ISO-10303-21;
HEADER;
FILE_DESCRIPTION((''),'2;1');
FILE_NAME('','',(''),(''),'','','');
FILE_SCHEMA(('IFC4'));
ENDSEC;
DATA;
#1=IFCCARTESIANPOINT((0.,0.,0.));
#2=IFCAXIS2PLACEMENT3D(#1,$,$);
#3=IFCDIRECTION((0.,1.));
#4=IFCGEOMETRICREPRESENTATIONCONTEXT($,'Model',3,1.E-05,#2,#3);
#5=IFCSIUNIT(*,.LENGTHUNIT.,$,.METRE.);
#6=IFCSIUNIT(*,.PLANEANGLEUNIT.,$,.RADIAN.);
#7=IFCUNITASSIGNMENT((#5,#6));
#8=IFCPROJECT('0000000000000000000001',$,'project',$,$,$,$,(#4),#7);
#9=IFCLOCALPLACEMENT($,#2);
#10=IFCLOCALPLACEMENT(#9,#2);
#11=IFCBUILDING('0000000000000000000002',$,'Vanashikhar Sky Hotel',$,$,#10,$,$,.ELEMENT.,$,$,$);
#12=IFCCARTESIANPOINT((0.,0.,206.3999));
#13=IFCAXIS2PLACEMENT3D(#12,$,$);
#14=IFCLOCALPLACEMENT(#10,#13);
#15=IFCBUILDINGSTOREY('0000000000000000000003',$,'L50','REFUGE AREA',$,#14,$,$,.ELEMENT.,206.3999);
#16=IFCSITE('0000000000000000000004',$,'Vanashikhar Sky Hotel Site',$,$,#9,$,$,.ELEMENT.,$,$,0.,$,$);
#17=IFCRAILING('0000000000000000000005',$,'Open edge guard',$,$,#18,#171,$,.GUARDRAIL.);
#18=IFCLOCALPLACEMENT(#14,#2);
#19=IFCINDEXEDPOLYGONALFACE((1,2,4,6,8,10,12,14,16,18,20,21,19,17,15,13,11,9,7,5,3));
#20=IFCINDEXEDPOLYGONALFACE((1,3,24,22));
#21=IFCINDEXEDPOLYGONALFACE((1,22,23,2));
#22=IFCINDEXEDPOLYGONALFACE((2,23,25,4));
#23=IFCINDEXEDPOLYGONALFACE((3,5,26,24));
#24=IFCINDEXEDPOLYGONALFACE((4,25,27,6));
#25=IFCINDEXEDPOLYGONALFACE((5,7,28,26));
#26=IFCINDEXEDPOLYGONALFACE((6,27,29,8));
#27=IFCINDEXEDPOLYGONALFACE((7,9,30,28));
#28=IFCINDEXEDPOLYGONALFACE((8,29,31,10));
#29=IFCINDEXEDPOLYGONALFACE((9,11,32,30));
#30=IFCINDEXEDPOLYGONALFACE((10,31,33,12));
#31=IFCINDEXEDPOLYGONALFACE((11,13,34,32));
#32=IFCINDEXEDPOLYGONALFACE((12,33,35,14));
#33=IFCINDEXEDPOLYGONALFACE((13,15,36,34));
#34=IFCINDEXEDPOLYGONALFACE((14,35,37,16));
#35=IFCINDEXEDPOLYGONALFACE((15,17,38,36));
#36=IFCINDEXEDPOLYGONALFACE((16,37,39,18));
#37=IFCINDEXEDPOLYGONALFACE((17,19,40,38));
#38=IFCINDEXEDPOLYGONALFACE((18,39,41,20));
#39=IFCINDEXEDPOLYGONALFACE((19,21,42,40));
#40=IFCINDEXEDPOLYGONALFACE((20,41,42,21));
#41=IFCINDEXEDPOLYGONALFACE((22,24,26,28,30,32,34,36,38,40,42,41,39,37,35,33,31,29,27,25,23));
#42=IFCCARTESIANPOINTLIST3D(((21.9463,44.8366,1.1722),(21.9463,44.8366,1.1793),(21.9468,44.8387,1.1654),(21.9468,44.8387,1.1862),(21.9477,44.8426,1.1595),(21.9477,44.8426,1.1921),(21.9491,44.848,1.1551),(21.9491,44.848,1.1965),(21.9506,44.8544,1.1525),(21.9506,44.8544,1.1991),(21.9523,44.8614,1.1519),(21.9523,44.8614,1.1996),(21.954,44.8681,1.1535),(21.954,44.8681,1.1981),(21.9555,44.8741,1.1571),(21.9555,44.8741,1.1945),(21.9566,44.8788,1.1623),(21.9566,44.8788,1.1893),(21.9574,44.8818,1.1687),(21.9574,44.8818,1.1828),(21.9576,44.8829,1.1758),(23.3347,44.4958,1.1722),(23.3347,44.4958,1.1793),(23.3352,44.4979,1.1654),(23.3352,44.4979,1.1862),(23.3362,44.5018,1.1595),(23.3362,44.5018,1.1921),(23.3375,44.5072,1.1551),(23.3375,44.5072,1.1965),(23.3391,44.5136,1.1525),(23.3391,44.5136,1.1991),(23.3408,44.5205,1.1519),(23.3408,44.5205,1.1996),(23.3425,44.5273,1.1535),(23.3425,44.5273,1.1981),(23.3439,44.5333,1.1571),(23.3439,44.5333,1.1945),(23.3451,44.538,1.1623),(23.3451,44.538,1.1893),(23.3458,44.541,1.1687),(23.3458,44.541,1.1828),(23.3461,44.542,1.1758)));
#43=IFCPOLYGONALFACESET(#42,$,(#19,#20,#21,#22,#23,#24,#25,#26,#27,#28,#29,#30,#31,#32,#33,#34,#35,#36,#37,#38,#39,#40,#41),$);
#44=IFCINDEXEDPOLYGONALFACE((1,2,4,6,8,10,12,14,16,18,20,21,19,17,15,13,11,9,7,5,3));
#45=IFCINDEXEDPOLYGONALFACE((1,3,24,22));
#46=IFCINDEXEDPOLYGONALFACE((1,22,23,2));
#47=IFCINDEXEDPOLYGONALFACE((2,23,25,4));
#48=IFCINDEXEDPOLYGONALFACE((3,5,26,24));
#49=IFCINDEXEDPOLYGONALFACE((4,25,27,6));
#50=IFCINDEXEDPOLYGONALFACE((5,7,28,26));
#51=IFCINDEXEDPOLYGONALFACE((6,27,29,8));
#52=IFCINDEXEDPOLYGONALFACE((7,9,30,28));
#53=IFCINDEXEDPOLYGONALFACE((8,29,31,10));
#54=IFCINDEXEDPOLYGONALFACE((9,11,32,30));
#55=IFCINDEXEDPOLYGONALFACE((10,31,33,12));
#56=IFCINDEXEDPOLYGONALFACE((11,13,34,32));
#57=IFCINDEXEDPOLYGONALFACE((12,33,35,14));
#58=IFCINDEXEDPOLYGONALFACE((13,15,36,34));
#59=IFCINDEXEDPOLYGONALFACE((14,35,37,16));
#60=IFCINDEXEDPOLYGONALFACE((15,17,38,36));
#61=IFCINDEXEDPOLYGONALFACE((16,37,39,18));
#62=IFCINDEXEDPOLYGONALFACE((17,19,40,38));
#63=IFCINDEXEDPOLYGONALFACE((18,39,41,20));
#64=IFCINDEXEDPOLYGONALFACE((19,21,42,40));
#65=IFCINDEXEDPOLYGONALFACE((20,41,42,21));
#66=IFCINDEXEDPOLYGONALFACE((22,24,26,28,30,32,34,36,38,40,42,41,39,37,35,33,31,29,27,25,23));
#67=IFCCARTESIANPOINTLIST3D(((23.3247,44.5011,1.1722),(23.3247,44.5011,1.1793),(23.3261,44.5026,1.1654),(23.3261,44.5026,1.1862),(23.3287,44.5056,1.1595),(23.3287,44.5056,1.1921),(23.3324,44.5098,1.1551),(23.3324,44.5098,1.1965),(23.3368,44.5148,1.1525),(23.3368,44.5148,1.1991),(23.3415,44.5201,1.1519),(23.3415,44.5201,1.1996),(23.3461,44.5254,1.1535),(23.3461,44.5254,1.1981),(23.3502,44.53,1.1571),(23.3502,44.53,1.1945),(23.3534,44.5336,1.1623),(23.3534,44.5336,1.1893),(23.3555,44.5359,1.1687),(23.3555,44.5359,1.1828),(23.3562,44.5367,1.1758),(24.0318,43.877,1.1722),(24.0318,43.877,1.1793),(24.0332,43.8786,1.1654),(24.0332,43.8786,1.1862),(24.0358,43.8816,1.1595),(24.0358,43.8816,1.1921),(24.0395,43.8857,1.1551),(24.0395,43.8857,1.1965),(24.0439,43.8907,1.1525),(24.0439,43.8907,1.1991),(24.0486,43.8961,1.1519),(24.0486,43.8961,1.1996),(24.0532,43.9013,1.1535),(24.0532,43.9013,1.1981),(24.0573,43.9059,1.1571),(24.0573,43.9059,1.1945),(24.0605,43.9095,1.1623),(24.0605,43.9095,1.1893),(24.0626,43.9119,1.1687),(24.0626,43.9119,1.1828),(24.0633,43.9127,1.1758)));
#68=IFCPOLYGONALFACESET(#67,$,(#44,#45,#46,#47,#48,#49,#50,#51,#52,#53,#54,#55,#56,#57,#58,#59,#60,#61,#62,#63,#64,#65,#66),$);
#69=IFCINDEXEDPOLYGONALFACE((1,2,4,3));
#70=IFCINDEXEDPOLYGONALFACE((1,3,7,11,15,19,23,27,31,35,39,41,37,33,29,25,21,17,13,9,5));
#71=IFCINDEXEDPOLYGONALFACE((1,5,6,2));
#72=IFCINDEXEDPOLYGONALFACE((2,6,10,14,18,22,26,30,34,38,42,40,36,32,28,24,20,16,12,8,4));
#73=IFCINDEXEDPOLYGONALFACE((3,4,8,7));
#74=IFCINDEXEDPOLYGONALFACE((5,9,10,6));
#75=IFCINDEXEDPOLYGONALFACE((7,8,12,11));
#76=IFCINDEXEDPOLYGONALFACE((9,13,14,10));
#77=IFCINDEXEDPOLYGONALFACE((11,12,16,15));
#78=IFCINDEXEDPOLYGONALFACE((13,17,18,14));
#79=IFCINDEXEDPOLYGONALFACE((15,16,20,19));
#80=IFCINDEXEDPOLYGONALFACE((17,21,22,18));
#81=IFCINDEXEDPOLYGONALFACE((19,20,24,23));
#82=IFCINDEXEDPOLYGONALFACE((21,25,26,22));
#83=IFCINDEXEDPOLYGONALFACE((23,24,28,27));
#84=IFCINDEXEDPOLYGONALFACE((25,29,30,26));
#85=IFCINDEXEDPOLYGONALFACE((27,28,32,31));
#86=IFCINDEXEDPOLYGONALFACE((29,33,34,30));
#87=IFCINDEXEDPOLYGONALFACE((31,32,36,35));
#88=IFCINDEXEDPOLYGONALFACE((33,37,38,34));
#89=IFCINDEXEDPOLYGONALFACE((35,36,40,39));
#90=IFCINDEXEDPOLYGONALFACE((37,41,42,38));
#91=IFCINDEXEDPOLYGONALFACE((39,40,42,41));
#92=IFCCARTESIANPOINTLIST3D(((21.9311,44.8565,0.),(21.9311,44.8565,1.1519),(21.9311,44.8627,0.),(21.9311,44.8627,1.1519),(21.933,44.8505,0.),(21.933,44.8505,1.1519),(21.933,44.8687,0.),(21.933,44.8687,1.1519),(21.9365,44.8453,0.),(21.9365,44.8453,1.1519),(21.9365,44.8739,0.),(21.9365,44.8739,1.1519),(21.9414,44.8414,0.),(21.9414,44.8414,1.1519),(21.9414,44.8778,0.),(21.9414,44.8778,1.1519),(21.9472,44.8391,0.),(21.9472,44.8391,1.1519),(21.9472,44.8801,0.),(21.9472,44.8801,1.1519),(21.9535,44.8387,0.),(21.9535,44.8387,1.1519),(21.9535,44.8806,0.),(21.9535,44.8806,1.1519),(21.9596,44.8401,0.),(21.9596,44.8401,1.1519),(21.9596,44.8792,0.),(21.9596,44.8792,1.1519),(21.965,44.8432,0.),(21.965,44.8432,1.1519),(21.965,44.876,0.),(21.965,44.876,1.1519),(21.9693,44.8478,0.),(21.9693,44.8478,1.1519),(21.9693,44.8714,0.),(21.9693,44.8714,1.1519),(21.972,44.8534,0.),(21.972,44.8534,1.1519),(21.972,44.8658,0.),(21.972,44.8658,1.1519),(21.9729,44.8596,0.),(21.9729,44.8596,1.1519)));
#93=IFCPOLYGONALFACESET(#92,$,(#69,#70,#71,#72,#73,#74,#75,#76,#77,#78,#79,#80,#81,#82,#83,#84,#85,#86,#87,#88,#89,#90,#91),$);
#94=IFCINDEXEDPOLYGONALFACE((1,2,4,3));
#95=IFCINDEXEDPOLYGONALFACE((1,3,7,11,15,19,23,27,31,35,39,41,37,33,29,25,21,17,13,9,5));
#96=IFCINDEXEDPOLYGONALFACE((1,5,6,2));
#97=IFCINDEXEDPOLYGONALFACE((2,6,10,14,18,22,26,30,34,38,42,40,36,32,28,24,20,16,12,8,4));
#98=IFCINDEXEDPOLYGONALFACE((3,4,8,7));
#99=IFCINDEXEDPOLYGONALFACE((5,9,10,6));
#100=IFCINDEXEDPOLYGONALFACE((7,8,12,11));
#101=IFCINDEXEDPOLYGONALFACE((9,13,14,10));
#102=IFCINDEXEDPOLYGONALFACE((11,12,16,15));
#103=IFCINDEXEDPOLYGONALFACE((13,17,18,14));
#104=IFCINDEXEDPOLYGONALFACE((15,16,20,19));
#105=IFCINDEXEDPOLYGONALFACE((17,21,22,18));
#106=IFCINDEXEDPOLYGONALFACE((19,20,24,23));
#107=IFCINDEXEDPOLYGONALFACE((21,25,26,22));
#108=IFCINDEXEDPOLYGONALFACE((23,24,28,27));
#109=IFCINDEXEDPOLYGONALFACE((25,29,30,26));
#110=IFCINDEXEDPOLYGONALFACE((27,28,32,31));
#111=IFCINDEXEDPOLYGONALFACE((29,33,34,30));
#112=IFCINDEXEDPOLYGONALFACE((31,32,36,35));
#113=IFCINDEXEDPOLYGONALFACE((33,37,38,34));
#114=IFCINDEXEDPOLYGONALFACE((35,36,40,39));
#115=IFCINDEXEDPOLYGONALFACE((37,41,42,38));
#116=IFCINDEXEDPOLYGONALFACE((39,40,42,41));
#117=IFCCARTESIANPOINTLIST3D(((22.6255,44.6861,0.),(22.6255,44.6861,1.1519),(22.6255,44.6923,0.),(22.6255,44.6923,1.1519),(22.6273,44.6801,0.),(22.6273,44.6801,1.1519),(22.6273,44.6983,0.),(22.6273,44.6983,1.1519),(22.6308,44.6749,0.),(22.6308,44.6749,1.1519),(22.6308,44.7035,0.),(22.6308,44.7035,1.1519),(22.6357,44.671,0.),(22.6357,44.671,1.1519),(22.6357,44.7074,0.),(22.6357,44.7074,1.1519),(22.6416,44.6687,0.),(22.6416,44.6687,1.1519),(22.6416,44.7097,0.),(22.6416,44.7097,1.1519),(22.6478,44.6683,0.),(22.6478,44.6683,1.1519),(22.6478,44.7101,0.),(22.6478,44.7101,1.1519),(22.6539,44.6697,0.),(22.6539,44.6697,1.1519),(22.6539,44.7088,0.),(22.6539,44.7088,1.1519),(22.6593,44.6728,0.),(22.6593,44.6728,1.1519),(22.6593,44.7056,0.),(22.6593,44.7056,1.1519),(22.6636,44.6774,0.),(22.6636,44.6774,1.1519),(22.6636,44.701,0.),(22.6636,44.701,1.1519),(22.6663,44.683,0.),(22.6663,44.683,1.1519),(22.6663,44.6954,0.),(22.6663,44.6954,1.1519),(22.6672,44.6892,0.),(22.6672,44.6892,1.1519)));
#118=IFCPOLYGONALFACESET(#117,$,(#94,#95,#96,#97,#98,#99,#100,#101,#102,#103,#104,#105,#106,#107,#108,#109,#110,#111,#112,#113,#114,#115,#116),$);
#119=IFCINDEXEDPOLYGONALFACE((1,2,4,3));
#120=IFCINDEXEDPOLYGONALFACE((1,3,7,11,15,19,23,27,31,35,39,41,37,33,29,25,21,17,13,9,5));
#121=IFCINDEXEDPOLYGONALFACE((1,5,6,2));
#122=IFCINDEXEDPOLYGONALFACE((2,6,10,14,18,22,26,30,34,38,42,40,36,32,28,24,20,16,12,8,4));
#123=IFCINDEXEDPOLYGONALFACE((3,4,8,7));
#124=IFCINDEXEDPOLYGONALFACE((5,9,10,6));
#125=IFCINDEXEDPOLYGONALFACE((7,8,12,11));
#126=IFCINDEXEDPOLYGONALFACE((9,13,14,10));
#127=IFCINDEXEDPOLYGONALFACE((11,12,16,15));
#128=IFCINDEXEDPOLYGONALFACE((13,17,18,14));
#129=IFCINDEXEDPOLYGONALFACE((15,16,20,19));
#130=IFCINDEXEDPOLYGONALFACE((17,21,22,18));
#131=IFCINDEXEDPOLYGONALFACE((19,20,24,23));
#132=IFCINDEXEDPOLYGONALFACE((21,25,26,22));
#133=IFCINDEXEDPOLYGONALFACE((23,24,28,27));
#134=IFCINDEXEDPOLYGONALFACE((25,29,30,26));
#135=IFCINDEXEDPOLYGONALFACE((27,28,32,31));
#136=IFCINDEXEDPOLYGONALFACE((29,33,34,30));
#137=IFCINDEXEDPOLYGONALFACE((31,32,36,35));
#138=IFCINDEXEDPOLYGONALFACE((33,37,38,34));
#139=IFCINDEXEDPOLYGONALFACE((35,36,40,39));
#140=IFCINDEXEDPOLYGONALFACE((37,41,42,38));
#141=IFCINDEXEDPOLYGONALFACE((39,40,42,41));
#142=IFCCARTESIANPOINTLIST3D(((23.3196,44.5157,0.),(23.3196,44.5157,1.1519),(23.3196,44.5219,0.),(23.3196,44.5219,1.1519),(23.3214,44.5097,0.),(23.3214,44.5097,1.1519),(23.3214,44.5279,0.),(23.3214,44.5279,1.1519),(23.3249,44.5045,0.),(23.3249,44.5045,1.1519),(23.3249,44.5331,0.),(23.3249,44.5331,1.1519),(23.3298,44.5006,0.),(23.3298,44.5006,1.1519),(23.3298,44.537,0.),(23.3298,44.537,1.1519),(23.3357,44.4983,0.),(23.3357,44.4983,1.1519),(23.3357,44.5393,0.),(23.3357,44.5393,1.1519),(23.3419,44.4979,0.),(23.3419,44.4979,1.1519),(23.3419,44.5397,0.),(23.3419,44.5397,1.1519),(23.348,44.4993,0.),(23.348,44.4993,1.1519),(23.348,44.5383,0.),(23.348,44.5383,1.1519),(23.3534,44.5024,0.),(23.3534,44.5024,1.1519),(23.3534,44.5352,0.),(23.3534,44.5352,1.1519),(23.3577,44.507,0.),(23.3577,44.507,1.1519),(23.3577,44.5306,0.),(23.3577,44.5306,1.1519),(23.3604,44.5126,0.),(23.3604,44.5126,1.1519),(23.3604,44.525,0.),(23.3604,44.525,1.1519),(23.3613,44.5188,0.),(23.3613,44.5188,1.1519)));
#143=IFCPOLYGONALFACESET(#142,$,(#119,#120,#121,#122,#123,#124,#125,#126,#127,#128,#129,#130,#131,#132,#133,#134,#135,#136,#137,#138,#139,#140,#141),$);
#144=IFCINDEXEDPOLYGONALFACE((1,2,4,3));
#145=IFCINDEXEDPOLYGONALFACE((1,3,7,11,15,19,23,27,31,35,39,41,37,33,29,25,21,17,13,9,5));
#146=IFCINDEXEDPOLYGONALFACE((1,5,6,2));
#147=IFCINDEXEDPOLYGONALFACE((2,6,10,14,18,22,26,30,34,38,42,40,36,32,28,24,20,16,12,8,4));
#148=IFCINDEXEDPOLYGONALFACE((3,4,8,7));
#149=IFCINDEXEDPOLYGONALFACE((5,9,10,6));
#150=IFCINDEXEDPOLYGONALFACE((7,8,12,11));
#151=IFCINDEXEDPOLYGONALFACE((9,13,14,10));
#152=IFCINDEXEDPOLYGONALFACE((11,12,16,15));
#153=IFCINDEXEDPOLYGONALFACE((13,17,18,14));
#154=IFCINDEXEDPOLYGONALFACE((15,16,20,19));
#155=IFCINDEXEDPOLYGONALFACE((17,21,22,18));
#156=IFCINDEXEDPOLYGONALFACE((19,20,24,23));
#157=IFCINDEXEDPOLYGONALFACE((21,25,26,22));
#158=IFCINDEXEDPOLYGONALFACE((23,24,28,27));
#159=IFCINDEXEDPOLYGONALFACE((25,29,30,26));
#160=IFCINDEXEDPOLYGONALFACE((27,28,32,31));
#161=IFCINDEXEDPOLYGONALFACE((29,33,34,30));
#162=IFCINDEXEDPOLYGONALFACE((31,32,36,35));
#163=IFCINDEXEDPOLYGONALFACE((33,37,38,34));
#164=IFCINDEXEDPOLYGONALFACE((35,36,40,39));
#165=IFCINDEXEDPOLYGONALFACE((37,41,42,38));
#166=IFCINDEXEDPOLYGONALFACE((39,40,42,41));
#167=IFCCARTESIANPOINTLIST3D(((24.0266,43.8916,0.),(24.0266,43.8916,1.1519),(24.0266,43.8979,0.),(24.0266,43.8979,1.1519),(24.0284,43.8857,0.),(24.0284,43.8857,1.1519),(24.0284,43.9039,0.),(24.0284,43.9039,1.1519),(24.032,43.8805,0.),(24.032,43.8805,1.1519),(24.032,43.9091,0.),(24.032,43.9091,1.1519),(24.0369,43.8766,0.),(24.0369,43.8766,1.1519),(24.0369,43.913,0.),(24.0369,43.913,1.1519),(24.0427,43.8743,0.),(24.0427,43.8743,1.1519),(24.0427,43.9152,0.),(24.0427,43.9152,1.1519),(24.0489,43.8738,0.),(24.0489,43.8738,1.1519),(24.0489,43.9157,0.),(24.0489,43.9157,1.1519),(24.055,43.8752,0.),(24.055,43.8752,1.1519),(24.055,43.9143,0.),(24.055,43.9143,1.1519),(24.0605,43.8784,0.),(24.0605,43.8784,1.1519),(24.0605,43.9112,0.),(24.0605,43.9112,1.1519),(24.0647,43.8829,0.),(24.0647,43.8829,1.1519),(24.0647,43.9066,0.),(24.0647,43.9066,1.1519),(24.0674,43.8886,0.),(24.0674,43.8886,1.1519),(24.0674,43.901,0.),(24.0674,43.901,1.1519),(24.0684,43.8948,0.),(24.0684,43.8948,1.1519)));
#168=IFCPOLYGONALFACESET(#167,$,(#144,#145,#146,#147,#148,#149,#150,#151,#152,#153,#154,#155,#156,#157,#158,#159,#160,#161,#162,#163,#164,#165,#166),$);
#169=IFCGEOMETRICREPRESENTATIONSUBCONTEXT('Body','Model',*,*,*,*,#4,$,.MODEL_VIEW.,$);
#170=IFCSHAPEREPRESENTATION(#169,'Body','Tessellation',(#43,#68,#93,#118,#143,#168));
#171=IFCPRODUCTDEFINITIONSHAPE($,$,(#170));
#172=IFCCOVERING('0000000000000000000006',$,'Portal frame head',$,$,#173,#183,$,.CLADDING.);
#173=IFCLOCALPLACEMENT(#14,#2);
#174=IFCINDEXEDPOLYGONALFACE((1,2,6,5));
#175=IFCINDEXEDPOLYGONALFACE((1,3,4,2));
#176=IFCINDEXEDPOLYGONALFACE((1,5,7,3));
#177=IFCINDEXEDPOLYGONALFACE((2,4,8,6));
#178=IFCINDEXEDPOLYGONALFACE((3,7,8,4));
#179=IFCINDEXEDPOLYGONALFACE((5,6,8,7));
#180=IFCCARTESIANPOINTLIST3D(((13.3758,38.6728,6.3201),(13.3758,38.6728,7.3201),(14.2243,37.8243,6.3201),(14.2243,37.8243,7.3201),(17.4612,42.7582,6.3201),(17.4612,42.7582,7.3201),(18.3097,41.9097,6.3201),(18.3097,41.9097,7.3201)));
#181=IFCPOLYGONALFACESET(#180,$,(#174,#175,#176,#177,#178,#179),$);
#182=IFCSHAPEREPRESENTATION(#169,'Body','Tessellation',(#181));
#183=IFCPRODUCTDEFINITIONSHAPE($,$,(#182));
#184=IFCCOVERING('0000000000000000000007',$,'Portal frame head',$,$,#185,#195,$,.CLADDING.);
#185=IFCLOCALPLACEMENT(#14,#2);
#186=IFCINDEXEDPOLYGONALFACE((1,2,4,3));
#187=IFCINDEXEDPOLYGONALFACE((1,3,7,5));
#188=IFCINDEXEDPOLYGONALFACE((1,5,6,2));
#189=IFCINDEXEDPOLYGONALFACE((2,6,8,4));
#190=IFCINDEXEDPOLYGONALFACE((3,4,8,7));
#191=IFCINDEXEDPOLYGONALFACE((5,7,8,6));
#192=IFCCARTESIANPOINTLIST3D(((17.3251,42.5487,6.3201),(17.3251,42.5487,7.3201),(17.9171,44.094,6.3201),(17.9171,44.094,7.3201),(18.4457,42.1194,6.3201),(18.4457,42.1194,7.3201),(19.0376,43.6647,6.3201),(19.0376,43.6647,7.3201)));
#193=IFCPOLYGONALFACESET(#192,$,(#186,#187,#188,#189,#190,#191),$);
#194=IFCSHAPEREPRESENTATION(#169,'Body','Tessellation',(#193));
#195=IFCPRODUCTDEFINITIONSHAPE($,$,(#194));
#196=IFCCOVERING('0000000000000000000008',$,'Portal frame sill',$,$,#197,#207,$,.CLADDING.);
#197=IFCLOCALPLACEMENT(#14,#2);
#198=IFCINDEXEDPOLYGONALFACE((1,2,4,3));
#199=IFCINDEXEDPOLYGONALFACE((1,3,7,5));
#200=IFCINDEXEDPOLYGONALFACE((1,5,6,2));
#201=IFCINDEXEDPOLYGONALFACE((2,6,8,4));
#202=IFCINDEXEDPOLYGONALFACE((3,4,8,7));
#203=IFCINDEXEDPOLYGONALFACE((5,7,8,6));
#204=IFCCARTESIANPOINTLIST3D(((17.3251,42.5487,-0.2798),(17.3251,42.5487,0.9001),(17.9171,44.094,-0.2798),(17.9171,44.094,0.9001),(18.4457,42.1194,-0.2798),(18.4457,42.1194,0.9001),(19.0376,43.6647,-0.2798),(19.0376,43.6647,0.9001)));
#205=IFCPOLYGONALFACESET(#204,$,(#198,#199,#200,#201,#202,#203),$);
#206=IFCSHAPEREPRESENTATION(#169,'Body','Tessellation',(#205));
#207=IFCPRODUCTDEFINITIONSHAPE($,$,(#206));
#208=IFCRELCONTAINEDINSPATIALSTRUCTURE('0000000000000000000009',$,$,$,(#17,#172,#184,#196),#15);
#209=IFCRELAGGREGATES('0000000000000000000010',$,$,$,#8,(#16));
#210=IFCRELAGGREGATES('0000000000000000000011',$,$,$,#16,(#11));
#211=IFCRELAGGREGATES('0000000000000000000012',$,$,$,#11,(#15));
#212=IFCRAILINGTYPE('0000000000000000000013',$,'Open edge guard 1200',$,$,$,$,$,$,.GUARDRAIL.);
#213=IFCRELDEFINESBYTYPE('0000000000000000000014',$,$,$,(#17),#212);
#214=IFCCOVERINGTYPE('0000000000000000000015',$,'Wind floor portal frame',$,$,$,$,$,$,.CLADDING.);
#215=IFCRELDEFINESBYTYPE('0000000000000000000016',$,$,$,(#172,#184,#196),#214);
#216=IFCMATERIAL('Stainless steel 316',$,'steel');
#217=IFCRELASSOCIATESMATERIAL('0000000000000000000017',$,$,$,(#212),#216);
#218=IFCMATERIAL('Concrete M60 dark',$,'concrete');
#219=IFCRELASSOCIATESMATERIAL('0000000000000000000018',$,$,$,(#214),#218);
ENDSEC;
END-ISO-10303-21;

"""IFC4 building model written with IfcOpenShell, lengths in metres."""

from ifc_helpers import new_model, si_unit, direction, frame, origin, origin_2d, place, context, subcontext, project, spatial, rectangle, circle, extrude, source, transform, mapped, material, type_object, element, save


model = new_model("IFC4")

# Units and contexts
model_context = context("Model", 3, precision=1e-05, world=origin(), true_north=direction((0.0, 1.0)))
body_context = subcontext(model_context, "Body", "Model", "MODEL_VIEW")
ifc_project = project(units=[si_unit("LENGTHUNIT", "METRE"), si_unit("PLANEANGLEUNIT", "RADIAN")], contexts=[model_context])

# Site, building, storey
site_placement = place(None, origin())
site = spatial("IfcSite", under=ifc_project, at=site_placement, Name="Vanashikhar Sky Hotel Site", CompositionType="ELEMENT", RefElevation=0.0)
building_placement = place(site_placement, origin())
building = spatial("IfcBuilding", under=site, at=building_placement, Name="Vanashikhar Sky Hotel", CompositionType="ELEMENT")
storey_placement = place(building_placement, frame((0.0, 0.0, 206.3999)))
storey = spatial("IfcBuildingStorey", under=building, at=storey_placement, Name="L50", Description="REFUGE AREA", CompositionType="ELEMENT", Elevation=206.3999)

# Railing
ifc_material_1 = material(Name="Stainless steel 316", Category="steel")
railing_type = type_object("IfcRailingType", Name="Open edge guard 1200", PredefinedType="GUARDRAIL", material=ifc_material_1)
shared_shape_1 = source(origin(), body_context, "Body", "SweptSolid", [
    extrude(circle(Radius=0.0239, at=origin_2d()), frame((0.0, 0.0, 1.1758), z_axis=(0.971168, -0.238395, 0.0), x_axis=(0.238395, 0.971168, 0.0)), (0.0, 0.0, 1.0), 1.4297),
    extrude(circle(Radius=0.0239, at=origin_2d()), frame((1.3884, -0.3408, 1.1758), z_axis=(0.749747, -0.661724, 0.0), x_axis=(0.661724, 0.749747, 0.0)), (0.0, 0.0, 1.0), 0.9431),
    extrude(circle(Radius=0.021, at=origin_2d()), origin(), (0.0, 0.0, 1.0), 1.1519),
    extrude(circle(Radius=0.021, at=origin_2d()), frame((0.6943, -0.1704, 0.0)), (0.0, 0.0, 1.0), 1.1519),
    extrude(circle(Radius=0.021, at=origin_2d()), frame((1.3884, -0.3408, 0.0)), (0.0, 0.0, 1.0), 1.1519),
    extrude(circle(Radius=0.021, at=origin_2d()), frame((2.0955, -0.9648, 0.0)), (0.0, 0.0, 1.0), 1.1519),
])
railing_1_placement = place(storey_placement, frame((21.9519, 44.8596, 0.0)))
element("IfcRailing", 1, at=railing_1_placement, inside=storey, type_object=railing_type, Name="Open edge guard", PredefinedType="GUARDRAIL", context=body_context, shape_type="MappedRepresentation", body=[
    mapped(shared_shape_1, transform((0.0, 0.0, 0.0), scale=1.0)),
])

# Coverings
ifc_material_2 = material(Name="Concrete M60 dark", Category="concrete")
covering_type = type_object("IfcCoveringType", Name="Wind floor portal frame", PredefinedType="CLADDING", material=ifc_material_2)
shared_shape_2 = source(origin(), body_context, "Body", "SweptSolid", [
    extrude(rectangle(XDim=5.7776, YDim=1.2, at=origin_2d()), origin(), (0.0, 0.0, 1.0), 1.0),
])
covering_1_placement = place(storey_placement, frame((15.8428, 40.2913, 6.3201), z_axis=(0.0, 0.0, 1.0), x_axis=(-0.707107, -0.707107, 0.0)))
element("IfcCovering", 2, at=covering_1_placement, inside=storey, type_object=covering_type, Name="Portal frame head", PredefinedType="CLADDING", context=body_context, shape_type="MappedRepresentation", body=[
    mapped(shared_shape_2, transform((0.0, 0.0, 0.0), scale=1.0)),
])
shared_shape_3 = source(origin(), body_context, "Body", "SweptSolid", [
    extrude(rectangle(XDim=1.6548, YDim=1.2, at=origin_2d()), origin(), (0.0, 0.0, 1.0), 1.0),
])
covering_2_placement = place(storey_placement, frame((18.1814, 43.1067, 6.3201), z_axis=(0.0, 0.0, 1.0), x_axis=(-0.357716, -0.93383, 0.0)))
element("IfcCovering", 3, at=covering_2_placement, inside=storey, type_object=covering_type, Name="Portal frame head", PredefinedType="CLADDING", context=body_context, shape_type="MappedRepresentation", body=[
    mapped(shared_shape_3, transform((0.0, 0.0, 0.0), scale=1.0)),
])
shared_shape_4 = source(origin(), body_context, "Body", "SweptSolid", [
    extrude(rectangle(XDim=1.6548, YDim=1.2, at=origin_2d()), origin(), (0.0, 0.0, 1.0), 1.1799),
])
covering_3_placement = place(storey_placement, frame((18.1814, 43.1067, -0.2798), z_axis=(0.0, 0.0, 1.0), x_axis=(-0.357716, -0.93383, 0.0)))
element("IfcCovering", 4, at=covering_3_placement, inside=storey, type_object=covering_type, Name="Portal frame sill", PredefinedType="CLADDING", context=body_context, shape_type="MappedRepresentation", body=[
    mapped(shared_shape_4, transform((0.0, 0.0, 0.0), scale=1.0)),
])

save(model, "model.ifc")
